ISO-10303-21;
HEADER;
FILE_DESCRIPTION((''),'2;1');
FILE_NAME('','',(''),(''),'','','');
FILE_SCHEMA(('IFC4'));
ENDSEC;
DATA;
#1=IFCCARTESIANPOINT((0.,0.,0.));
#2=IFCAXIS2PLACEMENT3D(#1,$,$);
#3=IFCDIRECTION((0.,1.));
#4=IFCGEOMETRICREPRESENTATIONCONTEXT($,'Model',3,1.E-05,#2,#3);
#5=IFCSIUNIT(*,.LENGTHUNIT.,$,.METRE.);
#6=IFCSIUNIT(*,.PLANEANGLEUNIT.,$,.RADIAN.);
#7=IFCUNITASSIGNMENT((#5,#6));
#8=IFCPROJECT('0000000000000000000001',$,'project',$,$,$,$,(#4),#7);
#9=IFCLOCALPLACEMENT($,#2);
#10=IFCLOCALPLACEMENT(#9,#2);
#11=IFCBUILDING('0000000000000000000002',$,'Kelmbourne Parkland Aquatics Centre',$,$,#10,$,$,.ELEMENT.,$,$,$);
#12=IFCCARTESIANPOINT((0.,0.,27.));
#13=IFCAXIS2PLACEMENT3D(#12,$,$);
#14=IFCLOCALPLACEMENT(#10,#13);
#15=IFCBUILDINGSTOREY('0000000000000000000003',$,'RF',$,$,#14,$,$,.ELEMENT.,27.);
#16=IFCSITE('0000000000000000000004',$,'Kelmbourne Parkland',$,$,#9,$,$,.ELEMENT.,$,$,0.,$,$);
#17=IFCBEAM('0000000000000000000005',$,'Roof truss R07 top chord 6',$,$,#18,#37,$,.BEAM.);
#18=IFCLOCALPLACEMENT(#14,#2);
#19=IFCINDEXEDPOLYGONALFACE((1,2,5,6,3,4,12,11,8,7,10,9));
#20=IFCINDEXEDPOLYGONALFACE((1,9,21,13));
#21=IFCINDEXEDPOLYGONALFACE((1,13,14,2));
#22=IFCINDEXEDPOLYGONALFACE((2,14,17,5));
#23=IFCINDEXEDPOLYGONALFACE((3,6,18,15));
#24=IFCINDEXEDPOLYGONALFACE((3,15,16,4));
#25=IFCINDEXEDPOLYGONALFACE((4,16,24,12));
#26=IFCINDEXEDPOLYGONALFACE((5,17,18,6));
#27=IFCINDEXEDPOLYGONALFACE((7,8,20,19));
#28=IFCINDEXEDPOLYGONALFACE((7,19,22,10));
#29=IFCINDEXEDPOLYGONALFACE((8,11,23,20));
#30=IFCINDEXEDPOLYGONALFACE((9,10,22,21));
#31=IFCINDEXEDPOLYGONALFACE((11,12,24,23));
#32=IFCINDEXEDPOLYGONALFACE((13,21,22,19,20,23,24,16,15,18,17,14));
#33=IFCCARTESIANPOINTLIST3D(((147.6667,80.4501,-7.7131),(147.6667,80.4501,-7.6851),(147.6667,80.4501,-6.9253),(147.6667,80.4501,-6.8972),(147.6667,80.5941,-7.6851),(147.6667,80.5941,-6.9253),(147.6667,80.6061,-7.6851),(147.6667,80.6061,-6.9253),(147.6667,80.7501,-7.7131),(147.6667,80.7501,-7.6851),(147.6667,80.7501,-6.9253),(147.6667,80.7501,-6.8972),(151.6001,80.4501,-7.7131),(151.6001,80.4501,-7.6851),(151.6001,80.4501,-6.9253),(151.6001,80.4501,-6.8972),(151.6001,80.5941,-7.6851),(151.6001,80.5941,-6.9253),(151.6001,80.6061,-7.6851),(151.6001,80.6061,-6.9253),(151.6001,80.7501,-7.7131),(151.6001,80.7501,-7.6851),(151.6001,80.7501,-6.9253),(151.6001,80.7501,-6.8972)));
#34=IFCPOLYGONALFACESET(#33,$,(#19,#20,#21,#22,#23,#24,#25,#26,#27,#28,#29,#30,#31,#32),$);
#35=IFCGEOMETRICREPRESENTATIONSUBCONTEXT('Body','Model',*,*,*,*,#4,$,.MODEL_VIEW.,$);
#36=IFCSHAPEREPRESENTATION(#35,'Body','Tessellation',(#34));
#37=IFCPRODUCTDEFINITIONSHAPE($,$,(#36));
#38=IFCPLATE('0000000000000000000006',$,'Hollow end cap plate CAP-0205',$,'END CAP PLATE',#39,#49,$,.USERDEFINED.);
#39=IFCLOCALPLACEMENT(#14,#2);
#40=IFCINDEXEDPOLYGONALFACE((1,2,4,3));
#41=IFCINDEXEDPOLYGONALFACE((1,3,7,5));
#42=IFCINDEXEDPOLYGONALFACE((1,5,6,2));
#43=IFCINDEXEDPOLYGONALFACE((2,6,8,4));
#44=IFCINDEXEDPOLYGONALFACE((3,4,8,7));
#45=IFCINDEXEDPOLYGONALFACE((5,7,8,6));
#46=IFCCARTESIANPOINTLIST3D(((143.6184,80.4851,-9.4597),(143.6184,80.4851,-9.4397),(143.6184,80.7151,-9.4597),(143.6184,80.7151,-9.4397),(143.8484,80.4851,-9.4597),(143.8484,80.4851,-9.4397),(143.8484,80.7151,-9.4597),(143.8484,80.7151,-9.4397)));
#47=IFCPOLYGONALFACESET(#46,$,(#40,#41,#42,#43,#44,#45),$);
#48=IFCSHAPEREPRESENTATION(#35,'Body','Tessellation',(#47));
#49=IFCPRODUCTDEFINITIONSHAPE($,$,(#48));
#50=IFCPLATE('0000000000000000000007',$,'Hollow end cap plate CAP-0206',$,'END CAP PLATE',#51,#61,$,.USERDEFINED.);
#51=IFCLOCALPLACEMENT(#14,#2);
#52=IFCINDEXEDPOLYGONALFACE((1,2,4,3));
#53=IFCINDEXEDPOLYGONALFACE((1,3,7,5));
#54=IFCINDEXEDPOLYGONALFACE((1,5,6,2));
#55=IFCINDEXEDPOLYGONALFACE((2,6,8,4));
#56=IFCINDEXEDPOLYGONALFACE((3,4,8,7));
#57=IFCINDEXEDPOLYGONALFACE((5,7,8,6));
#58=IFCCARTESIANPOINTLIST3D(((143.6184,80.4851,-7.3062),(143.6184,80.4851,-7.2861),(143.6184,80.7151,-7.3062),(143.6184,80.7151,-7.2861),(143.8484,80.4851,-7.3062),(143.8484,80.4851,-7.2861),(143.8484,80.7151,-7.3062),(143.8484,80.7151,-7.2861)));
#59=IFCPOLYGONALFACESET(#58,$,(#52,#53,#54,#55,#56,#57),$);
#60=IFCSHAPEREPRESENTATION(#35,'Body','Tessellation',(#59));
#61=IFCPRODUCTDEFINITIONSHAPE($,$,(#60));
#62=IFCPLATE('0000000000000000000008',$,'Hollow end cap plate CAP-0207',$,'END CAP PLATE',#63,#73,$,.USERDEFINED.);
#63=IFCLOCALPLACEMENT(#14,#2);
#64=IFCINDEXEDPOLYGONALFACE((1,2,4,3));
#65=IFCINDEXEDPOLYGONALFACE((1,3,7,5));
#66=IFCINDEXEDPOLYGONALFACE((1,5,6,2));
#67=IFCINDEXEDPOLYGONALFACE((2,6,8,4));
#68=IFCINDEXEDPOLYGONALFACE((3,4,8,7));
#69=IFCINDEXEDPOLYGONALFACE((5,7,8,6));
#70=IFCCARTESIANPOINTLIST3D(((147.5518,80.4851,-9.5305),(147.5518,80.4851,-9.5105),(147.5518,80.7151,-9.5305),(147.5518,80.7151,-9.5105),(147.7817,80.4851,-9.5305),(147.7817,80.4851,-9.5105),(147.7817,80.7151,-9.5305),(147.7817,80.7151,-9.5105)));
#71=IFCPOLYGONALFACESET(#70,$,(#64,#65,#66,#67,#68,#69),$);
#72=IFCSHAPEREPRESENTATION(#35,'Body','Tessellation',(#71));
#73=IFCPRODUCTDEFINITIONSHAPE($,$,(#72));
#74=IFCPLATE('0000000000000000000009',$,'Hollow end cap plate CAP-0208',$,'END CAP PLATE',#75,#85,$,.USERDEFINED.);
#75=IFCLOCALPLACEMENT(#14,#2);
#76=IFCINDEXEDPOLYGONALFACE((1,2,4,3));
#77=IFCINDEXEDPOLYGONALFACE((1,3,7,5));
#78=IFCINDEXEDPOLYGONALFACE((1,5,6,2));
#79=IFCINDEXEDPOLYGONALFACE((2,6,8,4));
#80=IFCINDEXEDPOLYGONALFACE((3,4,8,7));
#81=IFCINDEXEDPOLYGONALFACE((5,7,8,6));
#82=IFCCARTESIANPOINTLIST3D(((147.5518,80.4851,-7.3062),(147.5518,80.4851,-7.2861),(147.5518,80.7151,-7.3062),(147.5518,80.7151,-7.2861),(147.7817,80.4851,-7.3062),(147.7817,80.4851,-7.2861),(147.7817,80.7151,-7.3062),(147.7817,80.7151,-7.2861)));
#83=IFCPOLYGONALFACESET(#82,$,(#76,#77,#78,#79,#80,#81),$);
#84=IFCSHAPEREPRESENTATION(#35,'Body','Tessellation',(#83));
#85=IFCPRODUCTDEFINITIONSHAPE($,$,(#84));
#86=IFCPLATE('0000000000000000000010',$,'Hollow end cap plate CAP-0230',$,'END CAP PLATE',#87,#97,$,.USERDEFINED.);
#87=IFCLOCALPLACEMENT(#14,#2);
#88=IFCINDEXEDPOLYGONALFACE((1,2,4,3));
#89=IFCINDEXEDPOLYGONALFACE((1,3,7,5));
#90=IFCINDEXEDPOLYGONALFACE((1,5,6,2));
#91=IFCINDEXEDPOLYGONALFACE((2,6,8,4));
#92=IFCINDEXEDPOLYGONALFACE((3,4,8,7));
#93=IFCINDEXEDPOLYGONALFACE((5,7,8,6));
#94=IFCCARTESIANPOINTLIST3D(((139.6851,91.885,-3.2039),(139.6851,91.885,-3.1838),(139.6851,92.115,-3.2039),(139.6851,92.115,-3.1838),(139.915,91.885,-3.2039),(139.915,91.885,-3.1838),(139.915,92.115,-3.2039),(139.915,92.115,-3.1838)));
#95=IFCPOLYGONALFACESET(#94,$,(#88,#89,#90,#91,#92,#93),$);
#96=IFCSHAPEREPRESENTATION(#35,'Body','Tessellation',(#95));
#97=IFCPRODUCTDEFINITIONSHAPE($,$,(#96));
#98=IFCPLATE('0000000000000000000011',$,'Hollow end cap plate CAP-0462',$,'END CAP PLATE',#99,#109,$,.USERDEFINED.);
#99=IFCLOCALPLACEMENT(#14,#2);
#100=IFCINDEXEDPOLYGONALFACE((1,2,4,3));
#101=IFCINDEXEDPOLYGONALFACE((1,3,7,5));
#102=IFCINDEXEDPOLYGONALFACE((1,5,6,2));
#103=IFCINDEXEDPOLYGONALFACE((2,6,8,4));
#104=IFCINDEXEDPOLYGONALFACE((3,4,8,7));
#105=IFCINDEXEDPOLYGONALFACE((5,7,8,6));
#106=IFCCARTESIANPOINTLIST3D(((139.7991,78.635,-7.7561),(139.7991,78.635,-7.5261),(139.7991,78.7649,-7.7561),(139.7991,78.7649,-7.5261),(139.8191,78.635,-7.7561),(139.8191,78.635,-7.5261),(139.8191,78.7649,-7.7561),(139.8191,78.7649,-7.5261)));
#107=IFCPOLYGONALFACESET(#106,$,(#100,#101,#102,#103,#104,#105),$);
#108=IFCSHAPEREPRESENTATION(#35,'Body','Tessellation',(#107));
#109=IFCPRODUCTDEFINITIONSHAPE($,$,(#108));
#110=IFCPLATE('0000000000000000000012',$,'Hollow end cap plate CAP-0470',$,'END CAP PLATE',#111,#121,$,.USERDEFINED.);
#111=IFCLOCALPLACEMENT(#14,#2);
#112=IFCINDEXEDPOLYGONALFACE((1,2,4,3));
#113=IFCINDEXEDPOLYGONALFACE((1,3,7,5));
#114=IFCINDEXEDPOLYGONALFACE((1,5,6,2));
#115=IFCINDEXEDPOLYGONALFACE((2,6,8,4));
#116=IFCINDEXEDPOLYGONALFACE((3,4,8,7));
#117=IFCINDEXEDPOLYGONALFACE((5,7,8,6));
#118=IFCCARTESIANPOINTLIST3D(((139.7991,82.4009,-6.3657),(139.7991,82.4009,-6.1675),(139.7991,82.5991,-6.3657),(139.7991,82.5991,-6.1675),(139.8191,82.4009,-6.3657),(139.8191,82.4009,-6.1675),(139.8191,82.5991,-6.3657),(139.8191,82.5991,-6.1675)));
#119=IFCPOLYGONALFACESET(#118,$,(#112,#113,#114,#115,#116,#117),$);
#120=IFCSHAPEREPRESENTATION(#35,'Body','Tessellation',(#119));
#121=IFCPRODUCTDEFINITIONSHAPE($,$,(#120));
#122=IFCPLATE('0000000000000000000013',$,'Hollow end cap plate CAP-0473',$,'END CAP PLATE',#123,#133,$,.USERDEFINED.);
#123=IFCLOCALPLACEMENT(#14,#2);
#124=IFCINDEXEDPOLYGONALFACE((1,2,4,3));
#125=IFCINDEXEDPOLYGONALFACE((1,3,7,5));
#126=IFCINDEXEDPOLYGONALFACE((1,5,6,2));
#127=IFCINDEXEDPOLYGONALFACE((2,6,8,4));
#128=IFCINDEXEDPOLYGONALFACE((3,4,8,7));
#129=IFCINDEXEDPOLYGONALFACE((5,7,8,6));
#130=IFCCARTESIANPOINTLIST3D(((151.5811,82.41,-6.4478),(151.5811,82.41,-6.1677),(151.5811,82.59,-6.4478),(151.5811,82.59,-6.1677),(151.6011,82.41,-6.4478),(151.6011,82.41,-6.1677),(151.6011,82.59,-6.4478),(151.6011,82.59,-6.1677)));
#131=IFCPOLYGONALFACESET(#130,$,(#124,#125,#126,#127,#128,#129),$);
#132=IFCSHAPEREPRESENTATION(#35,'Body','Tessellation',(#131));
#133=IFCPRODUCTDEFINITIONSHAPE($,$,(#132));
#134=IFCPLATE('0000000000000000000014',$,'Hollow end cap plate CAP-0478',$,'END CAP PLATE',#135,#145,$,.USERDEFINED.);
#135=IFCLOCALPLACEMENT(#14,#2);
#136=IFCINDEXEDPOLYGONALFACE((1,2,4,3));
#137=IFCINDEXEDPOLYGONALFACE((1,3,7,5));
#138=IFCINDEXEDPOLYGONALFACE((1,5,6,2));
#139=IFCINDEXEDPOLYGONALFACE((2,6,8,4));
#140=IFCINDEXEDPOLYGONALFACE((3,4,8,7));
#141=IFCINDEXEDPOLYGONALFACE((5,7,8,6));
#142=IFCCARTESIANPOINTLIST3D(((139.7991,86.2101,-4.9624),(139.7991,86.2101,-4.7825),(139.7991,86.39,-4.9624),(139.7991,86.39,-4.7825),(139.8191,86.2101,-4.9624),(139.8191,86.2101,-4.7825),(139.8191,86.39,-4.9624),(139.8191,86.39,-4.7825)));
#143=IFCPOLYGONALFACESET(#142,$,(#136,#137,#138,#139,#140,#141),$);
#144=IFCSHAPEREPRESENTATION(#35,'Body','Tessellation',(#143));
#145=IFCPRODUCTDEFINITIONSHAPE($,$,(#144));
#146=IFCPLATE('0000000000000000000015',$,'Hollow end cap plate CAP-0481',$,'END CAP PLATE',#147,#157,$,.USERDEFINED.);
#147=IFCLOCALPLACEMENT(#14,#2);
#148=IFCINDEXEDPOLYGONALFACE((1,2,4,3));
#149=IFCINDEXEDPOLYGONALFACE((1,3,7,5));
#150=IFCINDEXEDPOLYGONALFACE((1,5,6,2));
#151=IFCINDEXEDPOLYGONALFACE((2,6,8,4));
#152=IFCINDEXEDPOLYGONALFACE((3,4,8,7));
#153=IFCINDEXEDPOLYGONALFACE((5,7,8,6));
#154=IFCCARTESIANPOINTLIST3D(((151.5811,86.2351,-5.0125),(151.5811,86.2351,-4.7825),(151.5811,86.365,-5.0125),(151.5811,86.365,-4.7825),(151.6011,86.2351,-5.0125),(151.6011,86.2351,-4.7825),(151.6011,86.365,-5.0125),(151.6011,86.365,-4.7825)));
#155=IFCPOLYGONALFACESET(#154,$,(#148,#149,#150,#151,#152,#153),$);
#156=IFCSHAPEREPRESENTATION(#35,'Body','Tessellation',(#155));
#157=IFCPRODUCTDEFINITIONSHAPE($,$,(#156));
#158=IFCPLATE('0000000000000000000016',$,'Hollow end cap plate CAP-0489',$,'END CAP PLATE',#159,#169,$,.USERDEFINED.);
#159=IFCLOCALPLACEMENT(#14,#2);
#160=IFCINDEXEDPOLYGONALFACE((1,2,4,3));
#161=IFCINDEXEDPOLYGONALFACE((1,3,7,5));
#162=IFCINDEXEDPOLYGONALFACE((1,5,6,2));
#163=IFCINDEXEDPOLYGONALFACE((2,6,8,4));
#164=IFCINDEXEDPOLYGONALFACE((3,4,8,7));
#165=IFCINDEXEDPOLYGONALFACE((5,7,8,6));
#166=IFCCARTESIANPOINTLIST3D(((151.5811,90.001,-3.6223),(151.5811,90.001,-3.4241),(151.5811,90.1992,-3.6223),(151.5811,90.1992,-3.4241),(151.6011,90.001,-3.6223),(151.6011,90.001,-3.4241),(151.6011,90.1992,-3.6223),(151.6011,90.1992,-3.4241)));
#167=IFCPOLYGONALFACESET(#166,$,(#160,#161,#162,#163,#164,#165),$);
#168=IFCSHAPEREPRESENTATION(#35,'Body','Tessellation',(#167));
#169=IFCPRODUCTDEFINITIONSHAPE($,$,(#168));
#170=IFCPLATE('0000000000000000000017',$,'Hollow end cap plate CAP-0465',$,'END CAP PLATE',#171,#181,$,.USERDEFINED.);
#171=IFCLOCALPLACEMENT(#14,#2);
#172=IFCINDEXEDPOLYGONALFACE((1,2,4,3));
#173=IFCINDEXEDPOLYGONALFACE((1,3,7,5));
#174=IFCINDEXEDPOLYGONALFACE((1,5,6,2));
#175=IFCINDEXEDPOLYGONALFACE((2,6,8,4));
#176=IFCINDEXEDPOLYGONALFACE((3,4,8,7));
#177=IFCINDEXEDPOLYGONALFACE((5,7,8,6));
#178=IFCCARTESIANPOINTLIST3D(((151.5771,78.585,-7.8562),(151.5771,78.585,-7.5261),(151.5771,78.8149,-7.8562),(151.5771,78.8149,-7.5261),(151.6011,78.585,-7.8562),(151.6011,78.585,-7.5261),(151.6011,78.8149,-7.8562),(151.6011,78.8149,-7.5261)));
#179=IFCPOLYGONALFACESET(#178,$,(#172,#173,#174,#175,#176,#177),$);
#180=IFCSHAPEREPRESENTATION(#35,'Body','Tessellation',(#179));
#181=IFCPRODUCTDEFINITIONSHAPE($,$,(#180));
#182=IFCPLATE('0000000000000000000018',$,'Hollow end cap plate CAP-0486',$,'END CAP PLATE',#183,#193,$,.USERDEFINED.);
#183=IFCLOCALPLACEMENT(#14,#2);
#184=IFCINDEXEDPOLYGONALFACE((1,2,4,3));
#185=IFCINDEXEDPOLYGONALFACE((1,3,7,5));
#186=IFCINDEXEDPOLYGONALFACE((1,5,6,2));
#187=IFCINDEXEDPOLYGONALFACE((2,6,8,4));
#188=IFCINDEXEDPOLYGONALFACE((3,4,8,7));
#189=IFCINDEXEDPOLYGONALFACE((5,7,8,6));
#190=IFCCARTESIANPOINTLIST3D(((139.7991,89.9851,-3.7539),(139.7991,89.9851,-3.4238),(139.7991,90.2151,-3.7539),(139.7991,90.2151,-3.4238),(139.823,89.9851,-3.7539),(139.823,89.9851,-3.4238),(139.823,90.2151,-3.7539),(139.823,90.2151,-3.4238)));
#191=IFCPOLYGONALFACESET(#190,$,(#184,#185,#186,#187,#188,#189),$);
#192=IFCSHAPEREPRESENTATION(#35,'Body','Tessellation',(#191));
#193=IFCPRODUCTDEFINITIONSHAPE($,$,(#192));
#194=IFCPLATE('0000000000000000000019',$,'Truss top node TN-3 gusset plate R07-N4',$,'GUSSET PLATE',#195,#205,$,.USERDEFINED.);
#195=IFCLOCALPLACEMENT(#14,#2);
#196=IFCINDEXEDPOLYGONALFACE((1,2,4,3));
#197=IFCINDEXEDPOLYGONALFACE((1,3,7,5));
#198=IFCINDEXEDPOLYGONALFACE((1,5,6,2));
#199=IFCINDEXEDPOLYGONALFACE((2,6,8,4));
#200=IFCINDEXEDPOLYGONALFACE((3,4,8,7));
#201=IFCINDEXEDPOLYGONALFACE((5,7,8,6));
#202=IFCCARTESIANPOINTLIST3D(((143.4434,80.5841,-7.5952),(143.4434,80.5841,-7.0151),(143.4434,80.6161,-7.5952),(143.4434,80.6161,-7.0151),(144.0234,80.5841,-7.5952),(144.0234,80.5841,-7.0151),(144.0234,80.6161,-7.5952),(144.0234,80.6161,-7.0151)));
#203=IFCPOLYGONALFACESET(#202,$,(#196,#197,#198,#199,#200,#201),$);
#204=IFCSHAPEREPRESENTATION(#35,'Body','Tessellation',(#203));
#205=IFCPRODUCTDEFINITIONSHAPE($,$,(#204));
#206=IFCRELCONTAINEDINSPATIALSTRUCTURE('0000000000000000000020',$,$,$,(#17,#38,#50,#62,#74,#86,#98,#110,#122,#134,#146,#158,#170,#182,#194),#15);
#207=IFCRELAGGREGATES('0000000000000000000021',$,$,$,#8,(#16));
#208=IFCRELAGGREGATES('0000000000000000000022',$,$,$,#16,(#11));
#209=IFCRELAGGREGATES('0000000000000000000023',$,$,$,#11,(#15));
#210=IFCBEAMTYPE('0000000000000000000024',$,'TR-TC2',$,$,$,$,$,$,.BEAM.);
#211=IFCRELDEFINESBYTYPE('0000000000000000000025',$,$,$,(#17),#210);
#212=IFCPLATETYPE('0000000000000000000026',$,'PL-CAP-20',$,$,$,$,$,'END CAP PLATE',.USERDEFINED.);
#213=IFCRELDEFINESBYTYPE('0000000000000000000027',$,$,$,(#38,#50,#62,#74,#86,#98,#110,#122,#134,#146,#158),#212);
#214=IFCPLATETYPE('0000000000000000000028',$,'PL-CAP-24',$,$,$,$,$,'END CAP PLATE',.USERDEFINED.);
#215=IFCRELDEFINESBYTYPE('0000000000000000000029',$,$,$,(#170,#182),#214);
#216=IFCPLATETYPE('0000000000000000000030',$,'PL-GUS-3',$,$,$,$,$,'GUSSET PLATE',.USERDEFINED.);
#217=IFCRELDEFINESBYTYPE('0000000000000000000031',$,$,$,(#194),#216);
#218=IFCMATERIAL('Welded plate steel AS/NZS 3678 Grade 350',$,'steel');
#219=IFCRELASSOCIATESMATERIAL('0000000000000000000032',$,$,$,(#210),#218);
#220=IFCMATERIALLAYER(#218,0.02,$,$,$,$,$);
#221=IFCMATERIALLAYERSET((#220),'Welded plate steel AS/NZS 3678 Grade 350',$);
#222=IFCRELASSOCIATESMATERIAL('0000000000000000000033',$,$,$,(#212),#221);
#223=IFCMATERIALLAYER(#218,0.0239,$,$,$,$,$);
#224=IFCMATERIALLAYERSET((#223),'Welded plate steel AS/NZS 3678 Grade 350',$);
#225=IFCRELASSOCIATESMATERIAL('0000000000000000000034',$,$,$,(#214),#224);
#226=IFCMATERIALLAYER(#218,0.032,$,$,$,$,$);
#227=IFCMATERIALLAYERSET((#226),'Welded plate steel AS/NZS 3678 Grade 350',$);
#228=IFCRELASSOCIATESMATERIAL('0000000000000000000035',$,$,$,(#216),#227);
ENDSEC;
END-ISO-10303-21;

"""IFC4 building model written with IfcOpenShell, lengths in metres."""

from ifc_helpers import new_model, si_unit, direction, frame, origin, origin_2d, place, context, subcontext, project, spatial, rectangle, i_section, extrude, material, layer, layer_set, material_profile, profile_set, type_object, element, save


model = new_model("IFC4")

# Units and contexts
model_context = context("Model", 3, precision=1e-05, world=origin(), true_north=direction((0.0, 1.0)))
body_context = subcontext(model_context, "Body", "Model", "MODEL_VIEW")
ifc_project = project(units=[si_unit("LENGTHUNIT", "METRE"), si_unit("PLANEANGLEUNIT", "RADIAN")], contexts=[model_context])

# Site, building, storey
site_placement = place(None, origin())
site = spatial("IfcSite", under=ifc_project, at=site_placement, Name="Kelmbourne Parkland", CompositionType="ELEMENT", RefElevation=0.0)
building_placement = place(site_placement, origin())
building = spatial("IfcBuilding", under=site, at=building_placement, Name="Kelmbourne Parkland Aquatics Centre", CompositionType="ELEMENT")
storey_placement = place(building_placement, frame((0.0, 0.0, 27.0)))
storey = spatial("IfcBuildingStorey", under=building, at=storey_placement, Name="RF", CompositionType="ELEMENT", Elevation=27.0)

# Beam
ifc_material_1 = material(Name="Welded plate steel AS/NZS 3678 Grade 350", Category="steel")
ifc_material_profile_1 = material_profile(ifc_material_1, i_section(OverallWidth=0.3, OverallDepth=0.8159, WebThickness=0.012, FlangeThickness=0.0281, at=origin_2d()), Name="800WB192")
ifc_profile_set_1 = profile_set([ifc_material_profile_1], Name="Welded plate steel AS/NZS 3678 Grade 350")
beam_type_1 = type_object("IfcBeamType", Name="TR-TC2", PredefinedType="BEAM", material=ifc_profile_set_1)
for number, where, z_axis, x_axis, name in (
    (1, (147.6667, 80.6001, -7.3052), (1.0, 0.0, 0.0), (0.0, 1.0, 0.0), "Roof truss R07 top chord 6"),
):
    element("IfcBeam", number, at=place(storey_placement, frame(where, z_axis=z_axis, x_axis=x_axis)), inside=storey, type_object=beam_type_1, Name=name, PredefinedType="BEAM", context=body_context, shape_type="SweptSolid", body=[
        extrude(i_section(OverallWidth=0.3, OverallDepth=0.8159, WebThickness=0.012, FlangeThickness=0.0281, at=origin_2d()), origin(), (0.0, 0.0, 1.0), 3.9333),
    ])

# Plates
ifc_layer_1 = layer(ifc_material_1, 0.02)
ifc_layer_set_1 = layer_set([ifc_layer_1], Name="Welded plate steel AS/NZS 3678 Grade 350")
plate_type_1 = type_object("IfcPlateType", Name="PL-CAP-20", ElementType="END CAP PLATE", PredefinedType="USERDEFINED", material=ifc_layer_set_1)
for number, where, z_axis, x_axis, name in (
    (2, (143.7334, 80.6001, -9.4597), (0.0, 0.0, 1.0), (1.0, 0.0, 0.0), "Hollow end cap plate CAP-0205"),
    (3, (143.7334, 80.6001, -7.3062), (0.0, 0.0, 1.0), (1.0, 0.0, 0.0), "Hollow end cap plate CAP-0206"),
    (4, (147.6667, 80.6001, -9.5305), (0.0, 0.0, 1.0), (1.0, 0.0, 0.0), "Hollow end cap plate CAP-0207"),
    (5, (147.6667, 80.6001, -7.3062), (0.0, 0.0, 1.0), (1.0, 0.0, 0.0), "Hollow end cap plate CAP-0208"),
    (6, (139.8, 92.0, -3.2039), (0.0, 0.0, 1.0), (1.0, 0.0, 0.0), "Hollow end cap plate CAP-0230"),
):
    element("IfcPlate", number, at=place(storey_placement, frame(where, z_axis=z_axis, x_axis=x_axis)), inside=storey, type_object=plate_type_1, Name=name, ObjectType="END CAP PLATE", PredefinedType="USERDEFINED", context=body_context, shape_type="SweptSolid", body=[
        extrude(rectangle(XDim=0.23, YDim=0.23, at=origin_2d()), origin(), (0.0, 0.0, 1.0), 0.02),
    ])
plate_1_placement = place(storey_placement, frame((139.8091, 78.7, -7.7561), z_axis=(0.0, 0.0, 1.0), x_axis=(1.0, 0.0, 0.0)))
element("IfcPlate", 7, at=plate_1_placement, inside=storey, type_object=plate_type_1, Name="Hollow end cap plate CAP-0462", ObjectType="END CAP PLATE", PredefinedType="USERDEFINED", context=body_context, shape_type="SweptSolid", body=[
    extrude(rectangle(XDim=0.02, YDim=0.1299, at=origin_2d()), origin(), (0.0, 0.0, 1.0), 0.23),
])
plate_2_placement = place(storey_placement, frame((139.8091, 82.5, -6.3657), z_axis=(0.0, 0.0, 1.0), x_axis=(1.0, 0.0, 0.0)))
element("IfcPlate", 8, at=plate_2_placement, inside=storey, type_object=plate_type_1, Name="Hollow end cap plate CAP-0470", ObjectType="END CAP PLATE", PredefinedType="USERDEFINED", context=body_context, shape_type="SweptSolid", body=[
    extrude(rectangle(XDim=0.02, YDim=0.1982, at=origin_2d()), origin(), (0.0, 0.0, 1.0), 0.1982),
])
plate_3_placement = place(storey_placement, frame((151.5911, 82.5, -6.4478), z_axis=(0.0, 0.0, 1.0), x_axis=(-1.0, 0.0, 0.0)))
element("IfcPlate", 9, at=plate_3_placement, inside=storey, type_object=plate_type_1, Name="Hollow end cap plate CAP-0473", ObjectType="END CAP PLATE", PredefinedType="USERDEFINED", context=body_context, shape_type="SweptSolid", body=[
    extrude(rectangle(XDim=0.02, YDim=0.1799, at=origin_2d()), origin(), (0.0, 0.0, 1.0), 0.28),
])
plate_4_placement = place(storey_placement, frame((139.8091, 86.3, -4.9624), z_axis=(0.0, 0.0, 1.0), x_axis=(1.0, 0.0, 0.0)))
element("IfcPlate", 10, at=plate_4_placement, inside=storey, type_object=plate_type_1, Name="Hollow end cap plate CAP-0478", ObjectType="END CAP PLATE", PredefinedType="USERDEFINED", context=body_context, shape_type="SweptSolid", body=[
    extrude(rectangle(XDim=0.02, YDim=0.1799, at=origin_2d()), origin(), (0.0, 0.0, 1.0), 0.1799),
])
plate_5_placement = place(storey_placement, frame((151.5911, 86.3, -5.0125), z_axis=(0.0, 0.0, 1.0), x_axis=(-1.0, 0.0, 0.0)))
element("IfcPlate", 11, at=plate_5_placement, inside=storey, type_object=plate_type_1, Name="Hollow end cap plate CAP-0481", ObjectType="END CAP PLATE", PredefinedType="USERDEFINED", context=body_context, shape_type="SweptSolid", body=[
    extrude(rectangle(XDim=0.02, YDim=0.1299, at=origin_2d()), origin(), (0.0, 0.0, 1.0), 0.23),
])
plate_6_placement = place(storey_placement, frame((151.5911, 90.1001, -3.6223), z_axis=(0.0, 0.0, 1.0), x_axis=(-1.0, 0.0, 0.0)))
element("IfcPlate", 12, at=plate_6_placement, inside=storey, type_object=plate_type_1, Name="Hollow end cap plate CAP-0489", ObjectType="END CAP PLATE", PredefinedType="USERDEFINED", context=body_context, shape_type="SweptSolid", body=[
    extrude(rectangle(XDim=0.02, YDim=0.1982, at=origin_2d()), origin(), (0.0, 0.0, 1.0), 0.1982),
])
ifc_layer_2 = layer(ifc_material_1, 0.0239)
ifc_layer_set_2 = layer_set([ifc_layer_2], Name="Welded plate steel AS/NZS 3678 Grade 350")
plate_type_2 = type_object("IfcPlateType", Name="PL-CAP-24", ElementType="END CAP PLATE", PredefinedType="USERDEFINED", material=ifc_layer_set_2)
for number, where, z_axis, x_axis, name in (
    (13, (151.5891, 78.7, -7.8562), (0.0, 0.0, 1.0), (-1.0, 0.0, 0.0), "Hollow end cap plate CAP-0465"),
    (14, (139.811, 90.1001, -3.7539), (0.0, 0.0, 1.0), (1.0, 0.0, 0.0), "Hollow end cap plate CAP-0486"),
):
    element("IfcPlate", number, at=place(storey_placement, frame(where, z_axis=z_axis, x_axis=x_axis)), inside=storey, type_object=plate_type_2, Name=name, ObjectType="END CAP PLATE", PredefinedType="USERDEFINED", context=body_context, shape_type="SweptSolid", body=[
        extrude(rectangle(XDim=0.0239, YDim=0.23, at=origin_2d()), origin(), (0.0, 0.0, 1.0), 0.3301),
    ])
ifc_layer_3 = layer(ifc_material_1, 0.032)
ifc_layer_set_3 = layer_set([ifc_layer_3], Name="Welded plate steel AS/NZS 3678 Grade 350")
plate_type_3 = type_object("IfcPlateType", Name="PL-GUS-3", ElementType="GUSSET PLATE", PredefinedType="USERDEFINED", material=ifc_layer_set_3)
plate_7_placement = place(storey_placement, frame((143.7334, 80.6001, -7.5952), z_axis=(0.0, 0.0, 1.0), x_axis=(1.0, 0.0, 0.0)))
element("IfcPlate", 15, at=plate_7_placement, inside=storey, type_object=plate_type_3, Name="Truss top node TN-3 gusset plate R07-N4", ObjectType="GUSSET PLATE", PredefinedType="USERDEFINED", context=body_context, shape_type="SweptSolid", body=[
    extrude(rectangle(XDim=0.5801, YDim=0.032, at=origin_2d()), origin(), (0.0, 0.0, 1.0), 0.5801),
])

save(model, "model.ifc")
